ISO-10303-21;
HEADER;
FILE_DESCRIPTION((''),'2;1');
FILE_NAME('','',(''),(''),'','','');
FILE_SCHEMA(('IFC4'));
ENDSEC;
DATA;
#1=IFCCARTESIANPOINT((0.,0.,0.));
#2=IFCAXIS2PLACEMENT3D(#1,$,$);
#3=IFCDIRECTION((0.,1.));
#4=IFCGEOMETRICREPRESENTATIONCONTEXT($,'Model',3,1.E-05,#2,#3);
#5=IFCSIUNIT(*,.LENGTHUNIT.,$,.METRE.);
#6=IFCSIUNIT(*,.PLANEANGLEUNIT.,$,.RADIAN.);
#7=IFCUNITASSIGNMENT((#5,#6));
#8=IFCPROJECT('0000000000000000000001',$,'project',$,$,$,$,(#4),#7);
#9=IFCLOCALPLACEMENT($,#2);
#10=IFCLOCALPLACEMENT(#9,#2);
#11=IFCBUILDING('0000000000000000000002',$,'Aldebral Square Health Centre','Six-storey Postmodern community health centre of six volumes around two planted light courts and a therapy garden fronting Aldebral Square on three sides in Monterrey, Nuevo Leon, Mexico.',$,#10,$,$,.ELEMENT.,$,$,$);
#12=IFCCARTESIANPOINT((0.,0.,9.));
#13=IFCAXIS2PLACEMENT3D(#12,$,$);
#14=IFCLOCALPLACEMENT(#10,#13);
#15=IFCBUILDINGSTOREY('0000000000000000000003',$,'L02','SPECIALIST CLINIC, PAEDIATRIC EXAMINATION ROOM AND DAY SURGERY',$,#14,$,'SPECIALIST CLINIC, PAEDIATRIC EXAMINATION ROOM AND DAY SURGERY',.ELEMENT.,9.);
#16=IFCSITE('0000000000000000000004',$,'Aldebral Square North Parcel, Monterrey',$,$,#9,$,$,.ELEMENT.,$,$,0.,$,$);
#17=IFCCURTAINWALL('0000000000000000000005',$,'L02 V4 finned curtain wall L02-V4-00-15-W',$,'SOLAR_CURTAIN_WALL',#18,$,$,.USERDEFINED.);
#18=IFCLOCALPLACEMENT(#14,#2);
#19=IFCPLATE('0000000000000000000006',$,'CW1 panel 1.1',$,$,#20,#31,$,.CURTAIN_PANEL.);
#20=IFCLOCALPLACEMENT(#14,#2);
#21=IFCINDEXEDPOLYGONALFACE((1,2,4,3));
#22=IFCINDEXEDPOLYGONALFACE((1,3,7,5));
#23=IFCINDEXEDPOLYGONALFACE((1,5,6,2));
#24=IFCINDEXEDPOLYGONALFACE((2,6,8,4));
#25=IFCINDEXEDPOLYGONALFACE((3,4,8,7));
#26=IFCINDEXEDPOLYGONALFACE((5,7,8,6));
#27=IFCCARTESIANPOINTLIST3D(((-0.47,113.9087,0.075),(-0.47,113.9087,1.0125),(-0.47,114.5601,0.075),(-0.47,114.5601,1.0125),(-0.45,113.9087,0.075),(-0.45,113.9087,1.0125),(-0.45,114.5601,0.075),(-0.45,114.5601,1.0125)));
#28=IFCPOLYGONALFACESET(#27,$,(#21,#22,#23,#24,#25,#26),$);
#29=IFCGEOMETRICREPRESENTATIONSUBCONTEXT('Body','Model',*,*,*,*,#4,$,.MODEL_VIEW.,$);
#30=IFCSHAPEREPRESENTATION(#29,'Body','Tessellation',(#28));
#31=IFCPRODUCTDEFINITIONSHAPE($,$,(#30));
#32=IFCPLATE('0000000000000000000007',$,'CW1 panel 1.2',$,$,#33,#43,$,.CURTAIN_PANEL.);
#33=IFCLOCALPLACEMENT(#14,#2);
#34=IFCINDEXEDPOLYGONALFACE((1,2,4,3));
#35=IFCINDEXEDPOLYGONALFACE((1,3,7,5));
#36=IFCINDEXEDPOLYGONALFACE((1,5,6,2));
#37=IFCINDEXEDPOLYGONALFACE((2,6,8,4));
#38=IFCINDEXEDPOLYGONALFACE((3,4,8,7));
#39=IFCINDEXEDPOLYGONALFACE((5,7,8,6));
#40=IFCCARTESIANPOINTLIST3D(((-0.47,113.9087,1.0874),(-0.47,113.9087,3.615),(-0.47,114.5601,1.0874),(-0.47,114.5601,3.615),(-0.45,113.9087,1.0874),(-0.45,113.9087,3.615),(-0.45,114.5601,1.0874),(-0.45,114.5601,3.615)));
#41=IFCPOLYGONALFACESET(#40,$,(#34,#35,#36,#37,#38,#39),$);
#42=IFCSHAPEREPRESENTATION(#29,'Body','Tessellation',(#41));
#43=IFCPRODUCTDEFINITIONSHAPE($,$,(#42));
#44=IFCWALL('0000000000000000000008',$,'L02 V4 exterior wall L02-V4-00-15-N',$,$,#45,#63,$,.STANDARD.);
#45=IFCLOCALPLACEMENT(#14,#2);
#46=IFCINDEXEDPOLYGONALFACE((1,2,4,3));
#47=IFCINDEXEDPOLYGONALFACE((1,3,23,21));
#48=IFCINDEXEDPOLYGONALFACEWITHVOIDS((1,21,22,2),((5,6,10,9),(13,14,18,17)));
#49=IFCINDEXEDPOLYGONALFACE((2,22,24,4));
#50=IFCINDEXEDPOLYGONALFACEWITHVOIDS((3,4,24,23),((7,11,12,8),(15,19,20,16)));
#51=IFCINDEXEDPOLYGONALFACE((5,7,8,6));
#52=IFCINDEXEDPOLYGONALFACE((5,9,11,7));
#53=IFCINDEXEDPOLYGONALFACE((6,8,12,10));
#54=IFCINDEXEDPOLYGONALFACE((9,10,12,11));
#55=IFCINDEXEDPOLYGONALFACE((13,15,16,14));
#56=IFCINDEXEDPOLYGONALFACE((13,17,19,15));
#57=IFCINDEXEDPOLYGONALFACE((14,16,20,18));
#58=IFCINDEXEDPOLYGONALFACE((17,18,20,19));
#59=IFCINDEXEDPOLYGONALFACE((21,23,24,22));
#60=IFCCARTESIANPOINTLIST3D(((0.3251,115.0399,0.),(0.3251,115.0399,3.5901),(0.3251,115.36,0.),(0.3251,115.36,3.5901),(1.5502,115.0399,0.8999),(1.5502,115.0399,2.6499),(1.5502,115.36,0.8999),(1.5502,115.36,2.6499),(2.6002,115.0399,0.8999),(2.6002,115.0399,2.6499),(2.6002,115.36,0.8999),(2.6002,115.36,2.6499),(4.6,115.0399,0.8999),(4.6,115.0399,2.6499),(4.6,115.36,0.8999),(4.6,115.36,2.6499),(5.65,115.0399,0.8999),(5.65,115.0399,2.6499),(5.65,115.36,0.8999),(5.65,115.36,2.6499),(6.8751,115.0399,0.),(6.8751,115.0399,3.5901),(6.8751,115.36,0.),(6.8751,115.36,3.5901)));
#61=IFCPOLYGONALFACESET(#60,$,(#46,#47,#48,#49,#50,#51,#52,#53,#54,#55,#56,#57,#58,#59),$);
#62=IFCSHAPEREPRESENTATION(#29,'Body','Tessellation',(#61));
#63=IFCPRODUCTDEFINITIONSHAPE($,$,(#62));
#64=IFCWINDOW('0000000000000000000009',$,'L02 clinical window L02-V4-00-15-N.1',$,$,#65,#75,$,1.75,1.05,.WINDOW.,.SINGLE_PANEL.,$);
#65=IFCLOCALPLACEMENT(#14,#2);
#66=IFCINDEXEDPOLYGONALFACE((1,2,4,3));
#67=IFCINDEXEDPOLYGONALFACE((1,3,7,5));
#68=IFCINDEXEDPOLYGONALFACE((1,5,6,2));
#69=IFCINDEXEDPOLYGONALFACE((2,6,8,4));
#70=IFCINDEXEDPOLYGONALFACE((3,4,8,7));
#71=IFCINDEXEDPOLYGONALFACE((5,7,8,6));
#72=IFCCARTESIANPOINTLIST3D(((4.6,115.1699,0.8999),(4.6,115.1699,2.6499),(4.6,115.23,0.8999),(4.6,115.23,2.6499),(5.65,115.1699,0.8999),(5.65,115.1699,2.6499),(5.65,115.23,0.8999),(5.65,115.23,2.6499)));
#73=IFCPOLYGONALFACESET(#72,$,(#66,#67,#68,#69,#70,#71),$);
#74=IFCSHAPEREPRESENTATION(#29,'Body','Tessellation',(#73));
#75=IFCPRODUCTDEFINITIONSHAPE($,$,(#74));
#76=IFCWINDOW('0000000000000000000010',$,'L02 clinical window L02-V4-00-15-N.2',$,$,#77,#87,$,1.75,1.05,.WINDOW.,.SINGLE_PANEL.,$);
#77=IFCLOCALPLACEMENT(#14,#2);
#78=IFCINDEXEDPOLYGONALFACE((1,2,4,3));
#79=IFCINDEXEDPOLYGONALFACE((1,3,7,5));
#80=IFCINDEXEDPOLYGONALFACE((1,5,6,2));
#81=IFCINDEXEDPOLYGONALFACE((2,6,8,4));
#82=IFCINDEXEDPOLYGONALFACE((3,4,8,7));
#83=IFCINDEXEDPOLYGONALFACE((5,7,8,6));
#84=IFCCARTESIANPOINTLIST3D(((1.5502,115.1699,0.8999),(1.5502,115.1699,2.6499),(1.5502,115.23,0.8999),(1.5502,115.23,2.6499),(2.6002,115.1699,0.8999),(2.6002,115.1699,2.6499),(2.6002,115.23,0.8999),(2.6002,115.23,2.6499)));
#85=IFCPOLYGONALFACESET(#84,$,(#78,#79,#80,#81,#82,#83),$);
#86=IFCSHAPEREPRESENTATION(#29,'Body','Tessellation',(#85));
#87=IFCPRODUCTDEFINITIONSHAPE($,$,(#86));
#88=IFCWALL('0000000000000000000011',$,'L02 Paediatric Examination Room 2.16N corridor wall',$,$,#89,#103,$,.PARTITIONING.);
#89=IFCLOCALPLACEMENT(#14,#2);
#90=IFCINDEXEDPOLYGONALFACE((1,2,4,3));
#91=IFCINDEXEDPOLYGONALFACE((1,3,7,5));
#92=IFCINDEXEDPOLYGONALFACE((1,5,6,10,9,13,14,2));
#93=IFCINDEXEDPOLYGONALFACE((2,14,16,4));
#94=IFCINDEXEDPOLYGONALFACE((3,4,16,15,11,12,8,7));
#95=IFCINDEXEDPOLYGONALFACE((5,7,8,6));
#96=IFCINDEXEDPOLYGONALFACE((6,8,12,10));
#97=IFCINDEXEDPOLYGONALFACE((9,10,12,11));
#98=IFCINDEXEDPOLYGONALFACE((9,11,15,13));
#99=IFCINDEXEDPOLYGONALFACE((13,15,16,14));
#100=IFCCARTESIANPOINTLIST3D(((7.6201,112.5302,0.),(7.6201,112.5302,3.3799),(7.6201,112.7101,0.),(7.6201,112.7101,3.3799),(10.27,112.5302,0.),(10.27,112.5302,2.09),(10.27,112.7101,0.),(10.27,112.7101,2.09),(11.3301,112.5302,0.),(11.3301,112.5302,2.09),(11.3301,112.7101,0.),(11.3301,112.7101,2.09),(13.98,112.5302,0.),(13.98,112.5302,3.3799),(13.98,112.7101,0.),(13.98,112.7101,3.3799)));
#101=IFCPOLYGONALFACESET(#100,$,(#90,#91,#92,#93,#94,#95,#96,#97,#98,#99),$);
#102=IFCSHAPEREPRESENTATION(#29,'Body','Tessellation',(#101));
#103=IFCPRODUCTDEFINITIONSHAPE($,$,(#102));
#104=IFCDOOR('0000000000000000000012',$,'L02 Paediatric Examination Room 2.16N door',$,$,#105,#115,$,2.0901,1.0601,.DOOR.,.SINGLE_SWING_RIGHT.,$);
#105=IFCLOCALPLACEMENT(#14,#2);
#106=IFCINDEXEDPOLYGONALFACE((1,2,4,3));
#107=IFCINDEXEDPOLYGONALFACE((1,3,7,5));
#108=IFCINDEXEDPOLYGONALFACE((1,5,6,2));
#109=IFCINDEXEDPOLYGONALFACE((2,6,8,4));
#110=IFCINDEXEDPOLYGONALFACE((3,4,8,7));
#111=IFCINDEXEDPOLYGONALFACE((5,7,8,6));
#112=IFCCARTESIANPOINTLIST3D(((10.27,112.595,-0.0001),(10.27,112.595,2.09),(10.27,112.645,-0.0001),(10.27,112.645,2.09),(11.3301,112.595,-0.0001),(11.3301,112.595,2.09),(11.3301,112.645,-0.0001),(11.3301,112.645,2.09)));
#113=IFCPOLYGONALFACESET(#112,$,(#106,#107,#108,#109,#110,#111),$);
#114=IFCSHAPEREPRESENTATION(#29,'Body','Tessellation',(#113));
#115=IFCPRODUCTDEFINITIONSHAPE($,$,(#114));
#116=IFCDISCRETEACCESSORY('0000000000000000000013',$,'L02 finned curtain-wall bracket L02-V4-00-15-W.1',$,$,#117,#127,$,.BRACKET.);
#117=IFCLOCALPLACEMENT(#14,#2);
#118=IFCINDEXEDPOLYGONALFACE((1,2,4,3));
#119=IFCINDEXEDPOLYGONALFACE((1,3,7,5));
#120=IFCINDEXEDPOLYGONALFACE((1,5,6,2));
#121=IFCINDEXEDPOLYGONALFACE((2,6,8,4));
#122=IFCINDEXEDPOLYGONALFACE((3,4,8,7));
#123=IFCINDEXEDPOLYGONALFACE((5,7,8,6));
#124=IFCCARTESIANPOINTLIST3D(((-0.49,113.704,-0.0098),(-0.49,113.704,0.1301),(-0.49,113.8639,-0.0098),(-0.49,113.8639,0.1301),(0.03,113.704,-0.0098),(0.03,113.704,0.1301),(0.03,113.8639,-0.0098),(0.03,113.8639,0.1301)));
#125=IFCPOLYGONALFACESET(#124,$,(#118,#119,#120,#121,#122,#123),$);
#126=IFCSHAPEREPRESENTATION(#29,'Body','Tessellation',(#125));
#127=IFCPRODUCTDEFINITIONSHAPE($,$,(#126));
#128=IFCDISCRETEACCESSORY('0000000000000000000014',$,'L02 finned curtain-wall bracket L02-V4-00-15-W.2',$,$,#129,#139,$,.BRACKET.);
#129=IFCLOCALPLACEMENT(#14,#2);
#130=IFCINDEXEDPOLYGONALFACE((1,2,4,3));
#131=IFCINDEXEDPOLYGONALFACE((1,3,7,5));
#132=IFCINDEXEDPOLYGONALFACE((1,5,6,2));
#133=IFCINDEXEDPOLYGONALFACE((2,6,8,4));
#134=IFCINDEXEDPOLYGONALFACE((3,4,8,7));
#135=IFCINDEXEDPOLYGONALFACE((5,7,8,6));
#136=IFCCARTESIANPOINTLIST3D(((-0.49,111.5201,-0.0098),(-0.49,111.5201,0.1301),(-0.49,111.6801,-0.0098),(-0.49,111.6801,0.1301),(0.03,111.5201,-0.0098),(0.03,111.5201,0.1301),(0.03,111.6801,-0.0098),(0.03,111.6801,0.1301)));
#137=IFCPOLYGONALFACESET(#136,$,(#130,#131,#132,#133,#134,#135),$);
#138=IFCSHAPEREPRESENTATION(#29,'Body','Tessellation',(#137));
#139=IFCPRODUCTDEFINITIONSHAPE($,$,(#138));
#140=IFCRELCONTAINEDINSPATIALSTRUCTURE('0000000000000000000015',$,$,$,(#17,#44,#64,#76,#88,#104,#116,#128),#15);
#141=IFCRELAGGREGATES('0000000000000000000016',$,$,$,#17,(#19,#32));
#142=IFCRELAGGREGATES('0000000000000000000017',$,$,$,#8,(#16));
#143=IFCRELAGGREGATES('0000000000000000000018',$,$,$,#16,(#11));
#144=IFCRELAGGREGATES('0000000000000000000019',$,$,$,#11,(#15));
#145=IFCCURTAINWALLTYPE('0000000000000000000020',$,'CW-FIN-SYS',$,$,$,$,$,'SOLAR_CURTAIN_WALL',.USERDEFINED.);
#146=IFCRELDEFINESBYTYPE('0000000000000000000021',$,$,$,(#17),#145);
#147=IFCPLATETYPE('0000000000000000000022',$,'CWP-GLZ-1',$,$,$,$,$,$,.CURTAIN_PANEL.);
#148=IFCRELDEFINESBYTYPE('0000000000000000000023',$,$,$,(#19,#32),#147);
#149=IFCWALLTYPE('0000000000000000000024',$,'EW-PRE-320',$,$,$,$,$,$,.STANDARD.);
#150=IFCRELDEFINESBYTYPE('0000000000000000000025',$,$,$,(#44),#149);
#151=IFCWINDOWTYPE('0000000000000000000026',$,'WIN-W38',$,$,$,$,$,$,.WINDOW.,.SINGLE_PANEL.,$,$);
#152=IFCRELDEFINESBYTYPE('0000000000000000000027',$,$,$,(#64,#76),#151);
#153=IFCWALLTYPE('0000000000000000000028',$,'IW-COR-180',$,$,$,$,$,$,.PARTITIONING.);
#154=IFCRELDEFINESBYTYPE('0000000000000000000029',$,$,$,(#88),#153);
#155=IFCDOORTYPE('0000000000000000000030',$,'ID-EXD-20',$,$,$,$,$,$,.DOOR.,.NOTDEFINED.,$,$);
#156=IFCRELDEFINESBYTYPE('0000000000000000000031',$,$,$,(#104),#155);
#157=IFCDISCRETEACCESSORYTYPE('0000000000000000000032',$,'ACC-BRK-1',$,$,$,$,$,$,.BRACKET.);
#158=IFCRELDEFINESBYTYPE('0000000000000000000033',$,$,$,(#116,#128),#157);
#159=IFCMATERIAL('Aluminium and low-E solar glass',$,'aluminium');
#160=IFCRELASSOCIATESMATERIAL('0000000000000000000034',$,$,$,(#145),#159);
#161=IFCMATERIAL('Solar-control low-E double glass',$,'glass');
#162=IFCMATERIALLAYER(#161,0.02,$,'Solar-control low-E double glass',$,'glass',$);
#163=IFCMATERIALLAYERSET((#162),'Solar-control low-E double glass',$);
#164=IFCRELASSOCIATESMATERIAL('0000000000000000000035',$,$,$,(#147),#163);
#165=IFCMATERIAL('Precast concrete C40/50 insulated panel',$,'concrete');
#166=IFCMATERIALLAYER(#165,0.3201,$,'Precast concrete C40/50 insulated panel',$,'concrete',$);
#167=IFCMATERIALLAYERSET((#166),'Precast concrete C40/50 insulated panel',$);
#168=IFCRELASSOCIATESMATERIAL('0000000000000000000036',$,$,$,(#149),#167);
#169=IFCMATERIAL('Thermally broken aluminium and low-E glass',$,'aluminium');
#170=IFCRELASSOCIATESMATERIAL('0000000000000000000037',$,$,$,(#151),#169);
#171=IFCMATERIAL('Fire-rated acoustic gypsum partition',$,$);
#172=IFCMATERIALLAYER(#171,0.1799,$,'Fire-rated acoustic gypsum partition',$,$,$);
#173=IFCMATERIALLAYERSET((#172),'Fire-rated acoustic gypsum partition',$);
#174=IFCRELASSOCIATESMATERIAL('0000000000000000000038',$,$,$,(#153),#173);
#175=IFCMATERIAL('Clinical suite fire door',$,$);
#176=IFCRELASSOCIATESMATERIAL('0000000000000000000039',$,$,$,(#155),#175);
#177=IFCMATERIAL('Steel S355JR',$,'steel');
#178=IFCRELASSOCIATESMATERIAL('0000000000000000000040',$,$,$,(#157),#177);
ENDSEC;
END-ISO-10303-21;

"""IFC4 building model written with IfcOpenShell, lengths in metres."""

from ifc_helpers import new_model, si_unit, direction, frame, frame_2d, origin, origin_2d, place, context, subcontext, project, spatial, rectangle, extrude, material, layer, layer_set, type_object, element, fill, aggregate, save


model = new_model("IFC4")

# Units and contexts
model_context = context("Model", 3, precision=1e-05, world=origin(), true_north=direction((0.0, 1.0)))
body_context = subcontext(model_context, "Body", "Model", "MODEL_VIEW")
ifc_project = project(units=[si_unit("LENGTHUNIT", "METRE"), si_unit("PLANEANGLEUNIT", "RADIAN")], contexts=[model_context])

# Site, building, storey
site_placement = place(None, origin())
site = spatial("IfcSite", under=ifc_project, at=site_placement, Name="Aldebral Square North Parcel, Monterrey", CompositionType="ELEMENT", RefElevation=0.0)
building_placement = place(site_placement, origin())
building = spatial("IfcBuilding", under=site, at=building_placement, Name="Aldebral Square Health Centre", Description="Six-storey Postmodern community health centre of six volumes around two planted light courts and a therapy garden fronting Aldebral Square on three sides in Monterrey, Nuevo Leon, Mexico.", CompositionType="ELEMENT")
storey_placement = place(building_placement, frame((0.0, 0.0, 9.0)))
storey = spatial("IfcBuildingStorey", under=building, at=storey_placement, Name="L02", Description="SPECIALIST CLINIC, PAEDIATRIC EXAMINATION ROOM AND DAY SURGERY", LongName="SPECIALIST CLINIC, PAEDIATRIC EXAMINATION ROOM AND DAY SURGERY", CompositionType="ELEMENT", Elevation=9.0)

# Curtain wall, plates
ifc_material_1 = material(Name="Aluminium and low-E solar glass", Category="aluminium")
curtain_wall_type = type_object("IfcCurtainWallType", Name="CW-FIN-SYS", ElementType="SOLAR_CURTAIN_WALL", PredefinedType="USERDEFINED", material=ifc_material_1)
curtain_wall_placement = place(storey_placement, origin())
curtain_wall = element("IfcCurtainWall", 1, at=curtain_wall_placement, inside=storey, type_object=curtain_wall_type, Name="L02 V4 finned curtain wall L02-V4-00-15-W", ObjectType="SOLAR_CURTAIN_WALL", PredefinedType="USERDEFINED")
ifc_material_2 = material(Name="Solar-control low-E double glass", Category="glass")
ifc_layer_1 = layer(ifc_material_2, 0.02, Name="Solar-control low-E double glass", Category="glass")
ifc_layer_set_1 = layer_set([ifc_layer_1], Name="Solar-control low-E double glass")
plate_type = type_object("IfcPlateType", Name="CWP-GLZ-1", PredefinedType="CURTAIN_PANEL", material=ifc_layer_set_1)
plate_1_placement = place(storey_placement, frame((-0.46, 114.2344, 0.075), z_axis=(0.0, 0.0, 1.0), x_axis=(0.0, -1.0, 0.0)))
plate_1 = element("IfcPlate", 2, at=plate_1_placement, type_object=plate_type, Name="CW1 panel 1.1", PredefinedType="CURTAIN_PANEL", context=body_context, shape_type="SweptSolid", body=[
    extrude(rectangle(XDim=0.6514, YDim=0.02, at=origin_2d()), origin(), (0.0, 0.0, 1.0), 0.9375),
])
plate_2_placement = place(storey_placement, frame((-0.46, 114.2344, 1.0874), z_axis=(0.0, 0.0, 1.0), x_axis=(0.0, -1.0, 0.0)))
plate_2 = element("IfcPlate", 3, at=plate_2_placement, type_object=plate_type, Name="CW1 panel 1.2", PredefinedType="CURTAIN_PANEL", context=body_context, shape_type="SweptSolid", body=[
    extrude(rectangle(XDim=0.6514, YDim=0.02, at=origin_2d()), origin(), (0.0, 0.0, 1.0), 2.5276),
])
aggregate(curtain_wall, [plate_1, plate_2])

# Wall, openings, windows
ifc_material_3 = material(Name="Precast concrete C40/50 insulated panel", Category="concrete")
ifc_layer_2 = layer(ifc_material_3, 0.3201, Name="Precast concrete C40/50 insulated panel", Category="concrete")
ifc_layer_set_2 = layer_set([ifc_layer_2], Name="Precast concrete C40/50 insulated panel")
wall_type_1 = type_object("IfcWallType", Name="EW-PRE-320", PredefinedType="STANDARD", material=ifc_layer_set_2)
wall_1_placement = place(storey_placement, frame((6.875, 115.2, 0.0), z_axis=(0.0, 0.0, 1.0), x_axis=(-1.0, 0.0, 0.0)))
wall_1 = element("IfcWall", 4, at=wall_1_placement, inside=storey, type_object=wall_type_1, Name="L02 V4 exterior wall L02-V4-00-15-N", PredefinedType="STANDARD", context=body_context, shape_type="SweptSolid", body=[
    extrude(rectangle(XDim=6.55, YDim=0.3201, at=frame_2d((3.2749, 0.0))), origin(), (0.0, 0.0, 1.0), 3.5901),
])
opening_1_placement = place(wall_1_placement, frame((1.2251, 0.0, 0.8999)))
opening_1 = element("IfcOpeningElement", 5, at=opening_1_placement, cuts=wall_1, PredefinedType="OPENING", context=body_context, shape_type="SweptSolid", body=[
    extrude(rectangle(XDim=1.05, YDim=1.75, at=frame_2d((0.5249, 0.875))), frame((0.0, 0.1699, 0.0), z_axis=(0.0, -1.0, 0.0), x_axis=(1.0, 0.0, 0.0)), (0.0, 0.0, 1.0), 0.3401),
])
opening_2_placement = place(wall_1_placement, frame((4.2749, 0.0, 0.8999)))
opening_2 = element("IfcOpeningElement", 6, at=opening_2_placement, cuts=wall_1, PredefinedType="OPENING", context=body_context, shape_type="SweptSolid", body=[
    extrude(rectangle(XDim=1.05, YDim=1.75, at=frame_2d((0.5249, 0.875))), frame((0.0, 0.1699, 0.0), z_axis=(0.0, -1.0, 0.0), x_axis=(1.0, 0.0, 0.0)), (0.0, 0.0, 1.0), 0.3401),
])
ifc_material_4 = material(Name="Thermally broken aluminium and low-E glass", Category="aluminium")
window_type = type_object("IfcWindowType", Name="WIN-W38", PartitioningType="SINGLE_PANEL", PredefinedType="WINDOW", material=ifc_material_4)
window_1_placement = place(opening_1_placement, origin())
window_1 = element("IfcWindow", 7, at=window_1_placement, inside=storey, type_object=window_type, Name="L02 clinical window L02-V4-00-15-N.1", OverallHeight=1.75, OverallWidth=1.05, PartitioningType="SINGLE_PANEL", PredefinedType="WINDOW", context=body_context, shape_type="SweptSolid", body=[
    extrude(rectangle(XDim=1.05, YDim=1.75, at=frame_2d((0.5249, 0.875))), frame((0.0, 0.03, 0.0), z_axis=(0.0, -1.0, 0.0), x_axis=(1.0, 0.0, 0.0)), (0.0, 0.0, 1.0), 0.0601),
])
fill(opening_1, window_1)
window_2_placement = place(opening_2_placement, origin())
window_2 = element("IfcWindow", 8, at=window_2_placement, inside=storey, type_object=window_type, Name="L02 clinical window L02-V4-00-15-N.2", OverallHeight=1.75, OverallWidth=1.05, PartitioningType="SINGLE_PANEL", PredefinedType="WINDOW", context=body_context, shape_type="SweptSolid", body=[
    extrude(rectangle(XDim=1.05, YDim=1.75, at=frame_2d((0.5249, 0.875))), frame((0.0, 0.03, 0.0), z_axis=(0.0, -1.0, 0.0), x_axis=(1.0, 0.0, 0.0)), (0.0, 0.0, 1.0), 0.0601),
])
fill(opening_2, window_2)

# Wall, opening, door
ifc_material_5 = material(Name="Fire-rated acoustic gypsum partition")
ifc_layer_3 = layer(ifc_material_5, 0.1799, Name="Fire-rated acoustic gypsum partition")
ifc_layer_set_3 = layer_set([ifc_layer_3], Name="Fire-rated acoustic gypsum partition")
wall_type_2 = type_object("IfcWallType", Name="IW-COR-180", PredefinedType="PARTITIONING", material=ifc_layer_set_3)
wall_2_placement = place(storey_placement, frame((7.6201, 112.6201, 0.0), z_axis=(0.0, 0.0, 1.0), x_axis=(1.0, 0.0, 0.0)))
wall_2 = element("IfcWall", 9, at=wall_2_placement, inside=storey, type_object=wall_type_2, Name="L02 Paediatric Examination Room 2.16N corridor wall", PredefinedType="PARTITIONING", context=body_context, shape_type="SweptSolid", body=[
    extrude(rectangle(XDim=6.3599, YDim=0.1799, at=frame_2d((3.1799, 0.0))), origin(), (0.0, 0.0, 1.0), 3.3799),
])
opening_3_placement = place(wall_2_placement, frame((2.6499, 0.0, 0.0)))
opening_3 = element("IfcOpeningElement", 10, at=opening_3_placement, cuts=wall_2, PredefinedType="OPENING", context=body_context, shape_type="SweptSolid", body=[
    extrude(rectangle(XDim=1.0601, YDim=2.0901, at=frame_2d((0.53, 1.0449))), frame((0.0, 0.1001, 0.0), z_axis=(0.0, -1.0, 0.0), x_axis=(1.0, 0.0, 0.0)), (0.0, 0.0, 1.0), 0.2),
])
ifc_material_6 = material(Name="Clinical suite fire door")
door_type = type_object("IfcDoorType", Name="ID-EXD-20", OperationType="NOTDEFINED", PredefinedType="DOOR", material=ifc_material_6)
door_placement = place(opening_3_placement, origin())
door = element("IfcDoor", 11, at=door_placement, inside=storey, type_object=door_type, Name="L02 Paediatric Examination Room 2.16N door", OperationType="SINGLE_SWING_RIGHT", OverallHeight=2.0901, OverallWidth=1.0601, PredefinedType="DOOR", context=body_context, shape_type="SweptSolid", body=[
    extrude(rectangle(XDim=1.0601, YDim=2.0901, at=frame_2d((0.53, 1.0449))), frame((0.0, 0.0249, 0.0), z_axis=(0.0, -1.0, 0.0), x_axis=(1.0, 0.0, 0.0)), (0.0, 0.0, 1.0), 0.05),
])
fill(opening_3, door)

# Discrete accessories
ifc_material_7 = material(Name="Steel S355JR", Category="steel")
discrete_accessory_type = type_object("IfcDiscreteAccessoryType", Name="ACC-BRK-1", PredefinedType="BRACKET", material=ifc_material_7)
for number, where, z_axis, x_axis, name in (
    (12, (-0.23, 113.7839, -0.0098), (0.0, 0.0, 1.0), (0.0, 1.0, 0.0), "L02 finned curtain-wall bracket L02-V4-00-15-W.1"),
    (13, (-0.23, 111.6001, -0.0098), (0.0, 0.0, 1.0), (0.0, 1.0, 0.0), "L02 finned curtain-wall bracket L02-V4-00-15-W.2"),
):
    element("IfcDiscreteAccessory", number, at=place(storey_placement, frame(where, z_axis=z_axis, x_axis=x_axis)), inside=storey, type_object=discrete_accessory_type, Name=name, PredefinedType="BRACKET", context=body_context, shape_type="SweptSolid", body=[
        extrude(rectangle(XDim=0.1599, YDim=0.52, at=origin_2d()), origin(), (0.0, 0.0, 1.0), 0.1399),
    ])

save(model, "model.ifc")
